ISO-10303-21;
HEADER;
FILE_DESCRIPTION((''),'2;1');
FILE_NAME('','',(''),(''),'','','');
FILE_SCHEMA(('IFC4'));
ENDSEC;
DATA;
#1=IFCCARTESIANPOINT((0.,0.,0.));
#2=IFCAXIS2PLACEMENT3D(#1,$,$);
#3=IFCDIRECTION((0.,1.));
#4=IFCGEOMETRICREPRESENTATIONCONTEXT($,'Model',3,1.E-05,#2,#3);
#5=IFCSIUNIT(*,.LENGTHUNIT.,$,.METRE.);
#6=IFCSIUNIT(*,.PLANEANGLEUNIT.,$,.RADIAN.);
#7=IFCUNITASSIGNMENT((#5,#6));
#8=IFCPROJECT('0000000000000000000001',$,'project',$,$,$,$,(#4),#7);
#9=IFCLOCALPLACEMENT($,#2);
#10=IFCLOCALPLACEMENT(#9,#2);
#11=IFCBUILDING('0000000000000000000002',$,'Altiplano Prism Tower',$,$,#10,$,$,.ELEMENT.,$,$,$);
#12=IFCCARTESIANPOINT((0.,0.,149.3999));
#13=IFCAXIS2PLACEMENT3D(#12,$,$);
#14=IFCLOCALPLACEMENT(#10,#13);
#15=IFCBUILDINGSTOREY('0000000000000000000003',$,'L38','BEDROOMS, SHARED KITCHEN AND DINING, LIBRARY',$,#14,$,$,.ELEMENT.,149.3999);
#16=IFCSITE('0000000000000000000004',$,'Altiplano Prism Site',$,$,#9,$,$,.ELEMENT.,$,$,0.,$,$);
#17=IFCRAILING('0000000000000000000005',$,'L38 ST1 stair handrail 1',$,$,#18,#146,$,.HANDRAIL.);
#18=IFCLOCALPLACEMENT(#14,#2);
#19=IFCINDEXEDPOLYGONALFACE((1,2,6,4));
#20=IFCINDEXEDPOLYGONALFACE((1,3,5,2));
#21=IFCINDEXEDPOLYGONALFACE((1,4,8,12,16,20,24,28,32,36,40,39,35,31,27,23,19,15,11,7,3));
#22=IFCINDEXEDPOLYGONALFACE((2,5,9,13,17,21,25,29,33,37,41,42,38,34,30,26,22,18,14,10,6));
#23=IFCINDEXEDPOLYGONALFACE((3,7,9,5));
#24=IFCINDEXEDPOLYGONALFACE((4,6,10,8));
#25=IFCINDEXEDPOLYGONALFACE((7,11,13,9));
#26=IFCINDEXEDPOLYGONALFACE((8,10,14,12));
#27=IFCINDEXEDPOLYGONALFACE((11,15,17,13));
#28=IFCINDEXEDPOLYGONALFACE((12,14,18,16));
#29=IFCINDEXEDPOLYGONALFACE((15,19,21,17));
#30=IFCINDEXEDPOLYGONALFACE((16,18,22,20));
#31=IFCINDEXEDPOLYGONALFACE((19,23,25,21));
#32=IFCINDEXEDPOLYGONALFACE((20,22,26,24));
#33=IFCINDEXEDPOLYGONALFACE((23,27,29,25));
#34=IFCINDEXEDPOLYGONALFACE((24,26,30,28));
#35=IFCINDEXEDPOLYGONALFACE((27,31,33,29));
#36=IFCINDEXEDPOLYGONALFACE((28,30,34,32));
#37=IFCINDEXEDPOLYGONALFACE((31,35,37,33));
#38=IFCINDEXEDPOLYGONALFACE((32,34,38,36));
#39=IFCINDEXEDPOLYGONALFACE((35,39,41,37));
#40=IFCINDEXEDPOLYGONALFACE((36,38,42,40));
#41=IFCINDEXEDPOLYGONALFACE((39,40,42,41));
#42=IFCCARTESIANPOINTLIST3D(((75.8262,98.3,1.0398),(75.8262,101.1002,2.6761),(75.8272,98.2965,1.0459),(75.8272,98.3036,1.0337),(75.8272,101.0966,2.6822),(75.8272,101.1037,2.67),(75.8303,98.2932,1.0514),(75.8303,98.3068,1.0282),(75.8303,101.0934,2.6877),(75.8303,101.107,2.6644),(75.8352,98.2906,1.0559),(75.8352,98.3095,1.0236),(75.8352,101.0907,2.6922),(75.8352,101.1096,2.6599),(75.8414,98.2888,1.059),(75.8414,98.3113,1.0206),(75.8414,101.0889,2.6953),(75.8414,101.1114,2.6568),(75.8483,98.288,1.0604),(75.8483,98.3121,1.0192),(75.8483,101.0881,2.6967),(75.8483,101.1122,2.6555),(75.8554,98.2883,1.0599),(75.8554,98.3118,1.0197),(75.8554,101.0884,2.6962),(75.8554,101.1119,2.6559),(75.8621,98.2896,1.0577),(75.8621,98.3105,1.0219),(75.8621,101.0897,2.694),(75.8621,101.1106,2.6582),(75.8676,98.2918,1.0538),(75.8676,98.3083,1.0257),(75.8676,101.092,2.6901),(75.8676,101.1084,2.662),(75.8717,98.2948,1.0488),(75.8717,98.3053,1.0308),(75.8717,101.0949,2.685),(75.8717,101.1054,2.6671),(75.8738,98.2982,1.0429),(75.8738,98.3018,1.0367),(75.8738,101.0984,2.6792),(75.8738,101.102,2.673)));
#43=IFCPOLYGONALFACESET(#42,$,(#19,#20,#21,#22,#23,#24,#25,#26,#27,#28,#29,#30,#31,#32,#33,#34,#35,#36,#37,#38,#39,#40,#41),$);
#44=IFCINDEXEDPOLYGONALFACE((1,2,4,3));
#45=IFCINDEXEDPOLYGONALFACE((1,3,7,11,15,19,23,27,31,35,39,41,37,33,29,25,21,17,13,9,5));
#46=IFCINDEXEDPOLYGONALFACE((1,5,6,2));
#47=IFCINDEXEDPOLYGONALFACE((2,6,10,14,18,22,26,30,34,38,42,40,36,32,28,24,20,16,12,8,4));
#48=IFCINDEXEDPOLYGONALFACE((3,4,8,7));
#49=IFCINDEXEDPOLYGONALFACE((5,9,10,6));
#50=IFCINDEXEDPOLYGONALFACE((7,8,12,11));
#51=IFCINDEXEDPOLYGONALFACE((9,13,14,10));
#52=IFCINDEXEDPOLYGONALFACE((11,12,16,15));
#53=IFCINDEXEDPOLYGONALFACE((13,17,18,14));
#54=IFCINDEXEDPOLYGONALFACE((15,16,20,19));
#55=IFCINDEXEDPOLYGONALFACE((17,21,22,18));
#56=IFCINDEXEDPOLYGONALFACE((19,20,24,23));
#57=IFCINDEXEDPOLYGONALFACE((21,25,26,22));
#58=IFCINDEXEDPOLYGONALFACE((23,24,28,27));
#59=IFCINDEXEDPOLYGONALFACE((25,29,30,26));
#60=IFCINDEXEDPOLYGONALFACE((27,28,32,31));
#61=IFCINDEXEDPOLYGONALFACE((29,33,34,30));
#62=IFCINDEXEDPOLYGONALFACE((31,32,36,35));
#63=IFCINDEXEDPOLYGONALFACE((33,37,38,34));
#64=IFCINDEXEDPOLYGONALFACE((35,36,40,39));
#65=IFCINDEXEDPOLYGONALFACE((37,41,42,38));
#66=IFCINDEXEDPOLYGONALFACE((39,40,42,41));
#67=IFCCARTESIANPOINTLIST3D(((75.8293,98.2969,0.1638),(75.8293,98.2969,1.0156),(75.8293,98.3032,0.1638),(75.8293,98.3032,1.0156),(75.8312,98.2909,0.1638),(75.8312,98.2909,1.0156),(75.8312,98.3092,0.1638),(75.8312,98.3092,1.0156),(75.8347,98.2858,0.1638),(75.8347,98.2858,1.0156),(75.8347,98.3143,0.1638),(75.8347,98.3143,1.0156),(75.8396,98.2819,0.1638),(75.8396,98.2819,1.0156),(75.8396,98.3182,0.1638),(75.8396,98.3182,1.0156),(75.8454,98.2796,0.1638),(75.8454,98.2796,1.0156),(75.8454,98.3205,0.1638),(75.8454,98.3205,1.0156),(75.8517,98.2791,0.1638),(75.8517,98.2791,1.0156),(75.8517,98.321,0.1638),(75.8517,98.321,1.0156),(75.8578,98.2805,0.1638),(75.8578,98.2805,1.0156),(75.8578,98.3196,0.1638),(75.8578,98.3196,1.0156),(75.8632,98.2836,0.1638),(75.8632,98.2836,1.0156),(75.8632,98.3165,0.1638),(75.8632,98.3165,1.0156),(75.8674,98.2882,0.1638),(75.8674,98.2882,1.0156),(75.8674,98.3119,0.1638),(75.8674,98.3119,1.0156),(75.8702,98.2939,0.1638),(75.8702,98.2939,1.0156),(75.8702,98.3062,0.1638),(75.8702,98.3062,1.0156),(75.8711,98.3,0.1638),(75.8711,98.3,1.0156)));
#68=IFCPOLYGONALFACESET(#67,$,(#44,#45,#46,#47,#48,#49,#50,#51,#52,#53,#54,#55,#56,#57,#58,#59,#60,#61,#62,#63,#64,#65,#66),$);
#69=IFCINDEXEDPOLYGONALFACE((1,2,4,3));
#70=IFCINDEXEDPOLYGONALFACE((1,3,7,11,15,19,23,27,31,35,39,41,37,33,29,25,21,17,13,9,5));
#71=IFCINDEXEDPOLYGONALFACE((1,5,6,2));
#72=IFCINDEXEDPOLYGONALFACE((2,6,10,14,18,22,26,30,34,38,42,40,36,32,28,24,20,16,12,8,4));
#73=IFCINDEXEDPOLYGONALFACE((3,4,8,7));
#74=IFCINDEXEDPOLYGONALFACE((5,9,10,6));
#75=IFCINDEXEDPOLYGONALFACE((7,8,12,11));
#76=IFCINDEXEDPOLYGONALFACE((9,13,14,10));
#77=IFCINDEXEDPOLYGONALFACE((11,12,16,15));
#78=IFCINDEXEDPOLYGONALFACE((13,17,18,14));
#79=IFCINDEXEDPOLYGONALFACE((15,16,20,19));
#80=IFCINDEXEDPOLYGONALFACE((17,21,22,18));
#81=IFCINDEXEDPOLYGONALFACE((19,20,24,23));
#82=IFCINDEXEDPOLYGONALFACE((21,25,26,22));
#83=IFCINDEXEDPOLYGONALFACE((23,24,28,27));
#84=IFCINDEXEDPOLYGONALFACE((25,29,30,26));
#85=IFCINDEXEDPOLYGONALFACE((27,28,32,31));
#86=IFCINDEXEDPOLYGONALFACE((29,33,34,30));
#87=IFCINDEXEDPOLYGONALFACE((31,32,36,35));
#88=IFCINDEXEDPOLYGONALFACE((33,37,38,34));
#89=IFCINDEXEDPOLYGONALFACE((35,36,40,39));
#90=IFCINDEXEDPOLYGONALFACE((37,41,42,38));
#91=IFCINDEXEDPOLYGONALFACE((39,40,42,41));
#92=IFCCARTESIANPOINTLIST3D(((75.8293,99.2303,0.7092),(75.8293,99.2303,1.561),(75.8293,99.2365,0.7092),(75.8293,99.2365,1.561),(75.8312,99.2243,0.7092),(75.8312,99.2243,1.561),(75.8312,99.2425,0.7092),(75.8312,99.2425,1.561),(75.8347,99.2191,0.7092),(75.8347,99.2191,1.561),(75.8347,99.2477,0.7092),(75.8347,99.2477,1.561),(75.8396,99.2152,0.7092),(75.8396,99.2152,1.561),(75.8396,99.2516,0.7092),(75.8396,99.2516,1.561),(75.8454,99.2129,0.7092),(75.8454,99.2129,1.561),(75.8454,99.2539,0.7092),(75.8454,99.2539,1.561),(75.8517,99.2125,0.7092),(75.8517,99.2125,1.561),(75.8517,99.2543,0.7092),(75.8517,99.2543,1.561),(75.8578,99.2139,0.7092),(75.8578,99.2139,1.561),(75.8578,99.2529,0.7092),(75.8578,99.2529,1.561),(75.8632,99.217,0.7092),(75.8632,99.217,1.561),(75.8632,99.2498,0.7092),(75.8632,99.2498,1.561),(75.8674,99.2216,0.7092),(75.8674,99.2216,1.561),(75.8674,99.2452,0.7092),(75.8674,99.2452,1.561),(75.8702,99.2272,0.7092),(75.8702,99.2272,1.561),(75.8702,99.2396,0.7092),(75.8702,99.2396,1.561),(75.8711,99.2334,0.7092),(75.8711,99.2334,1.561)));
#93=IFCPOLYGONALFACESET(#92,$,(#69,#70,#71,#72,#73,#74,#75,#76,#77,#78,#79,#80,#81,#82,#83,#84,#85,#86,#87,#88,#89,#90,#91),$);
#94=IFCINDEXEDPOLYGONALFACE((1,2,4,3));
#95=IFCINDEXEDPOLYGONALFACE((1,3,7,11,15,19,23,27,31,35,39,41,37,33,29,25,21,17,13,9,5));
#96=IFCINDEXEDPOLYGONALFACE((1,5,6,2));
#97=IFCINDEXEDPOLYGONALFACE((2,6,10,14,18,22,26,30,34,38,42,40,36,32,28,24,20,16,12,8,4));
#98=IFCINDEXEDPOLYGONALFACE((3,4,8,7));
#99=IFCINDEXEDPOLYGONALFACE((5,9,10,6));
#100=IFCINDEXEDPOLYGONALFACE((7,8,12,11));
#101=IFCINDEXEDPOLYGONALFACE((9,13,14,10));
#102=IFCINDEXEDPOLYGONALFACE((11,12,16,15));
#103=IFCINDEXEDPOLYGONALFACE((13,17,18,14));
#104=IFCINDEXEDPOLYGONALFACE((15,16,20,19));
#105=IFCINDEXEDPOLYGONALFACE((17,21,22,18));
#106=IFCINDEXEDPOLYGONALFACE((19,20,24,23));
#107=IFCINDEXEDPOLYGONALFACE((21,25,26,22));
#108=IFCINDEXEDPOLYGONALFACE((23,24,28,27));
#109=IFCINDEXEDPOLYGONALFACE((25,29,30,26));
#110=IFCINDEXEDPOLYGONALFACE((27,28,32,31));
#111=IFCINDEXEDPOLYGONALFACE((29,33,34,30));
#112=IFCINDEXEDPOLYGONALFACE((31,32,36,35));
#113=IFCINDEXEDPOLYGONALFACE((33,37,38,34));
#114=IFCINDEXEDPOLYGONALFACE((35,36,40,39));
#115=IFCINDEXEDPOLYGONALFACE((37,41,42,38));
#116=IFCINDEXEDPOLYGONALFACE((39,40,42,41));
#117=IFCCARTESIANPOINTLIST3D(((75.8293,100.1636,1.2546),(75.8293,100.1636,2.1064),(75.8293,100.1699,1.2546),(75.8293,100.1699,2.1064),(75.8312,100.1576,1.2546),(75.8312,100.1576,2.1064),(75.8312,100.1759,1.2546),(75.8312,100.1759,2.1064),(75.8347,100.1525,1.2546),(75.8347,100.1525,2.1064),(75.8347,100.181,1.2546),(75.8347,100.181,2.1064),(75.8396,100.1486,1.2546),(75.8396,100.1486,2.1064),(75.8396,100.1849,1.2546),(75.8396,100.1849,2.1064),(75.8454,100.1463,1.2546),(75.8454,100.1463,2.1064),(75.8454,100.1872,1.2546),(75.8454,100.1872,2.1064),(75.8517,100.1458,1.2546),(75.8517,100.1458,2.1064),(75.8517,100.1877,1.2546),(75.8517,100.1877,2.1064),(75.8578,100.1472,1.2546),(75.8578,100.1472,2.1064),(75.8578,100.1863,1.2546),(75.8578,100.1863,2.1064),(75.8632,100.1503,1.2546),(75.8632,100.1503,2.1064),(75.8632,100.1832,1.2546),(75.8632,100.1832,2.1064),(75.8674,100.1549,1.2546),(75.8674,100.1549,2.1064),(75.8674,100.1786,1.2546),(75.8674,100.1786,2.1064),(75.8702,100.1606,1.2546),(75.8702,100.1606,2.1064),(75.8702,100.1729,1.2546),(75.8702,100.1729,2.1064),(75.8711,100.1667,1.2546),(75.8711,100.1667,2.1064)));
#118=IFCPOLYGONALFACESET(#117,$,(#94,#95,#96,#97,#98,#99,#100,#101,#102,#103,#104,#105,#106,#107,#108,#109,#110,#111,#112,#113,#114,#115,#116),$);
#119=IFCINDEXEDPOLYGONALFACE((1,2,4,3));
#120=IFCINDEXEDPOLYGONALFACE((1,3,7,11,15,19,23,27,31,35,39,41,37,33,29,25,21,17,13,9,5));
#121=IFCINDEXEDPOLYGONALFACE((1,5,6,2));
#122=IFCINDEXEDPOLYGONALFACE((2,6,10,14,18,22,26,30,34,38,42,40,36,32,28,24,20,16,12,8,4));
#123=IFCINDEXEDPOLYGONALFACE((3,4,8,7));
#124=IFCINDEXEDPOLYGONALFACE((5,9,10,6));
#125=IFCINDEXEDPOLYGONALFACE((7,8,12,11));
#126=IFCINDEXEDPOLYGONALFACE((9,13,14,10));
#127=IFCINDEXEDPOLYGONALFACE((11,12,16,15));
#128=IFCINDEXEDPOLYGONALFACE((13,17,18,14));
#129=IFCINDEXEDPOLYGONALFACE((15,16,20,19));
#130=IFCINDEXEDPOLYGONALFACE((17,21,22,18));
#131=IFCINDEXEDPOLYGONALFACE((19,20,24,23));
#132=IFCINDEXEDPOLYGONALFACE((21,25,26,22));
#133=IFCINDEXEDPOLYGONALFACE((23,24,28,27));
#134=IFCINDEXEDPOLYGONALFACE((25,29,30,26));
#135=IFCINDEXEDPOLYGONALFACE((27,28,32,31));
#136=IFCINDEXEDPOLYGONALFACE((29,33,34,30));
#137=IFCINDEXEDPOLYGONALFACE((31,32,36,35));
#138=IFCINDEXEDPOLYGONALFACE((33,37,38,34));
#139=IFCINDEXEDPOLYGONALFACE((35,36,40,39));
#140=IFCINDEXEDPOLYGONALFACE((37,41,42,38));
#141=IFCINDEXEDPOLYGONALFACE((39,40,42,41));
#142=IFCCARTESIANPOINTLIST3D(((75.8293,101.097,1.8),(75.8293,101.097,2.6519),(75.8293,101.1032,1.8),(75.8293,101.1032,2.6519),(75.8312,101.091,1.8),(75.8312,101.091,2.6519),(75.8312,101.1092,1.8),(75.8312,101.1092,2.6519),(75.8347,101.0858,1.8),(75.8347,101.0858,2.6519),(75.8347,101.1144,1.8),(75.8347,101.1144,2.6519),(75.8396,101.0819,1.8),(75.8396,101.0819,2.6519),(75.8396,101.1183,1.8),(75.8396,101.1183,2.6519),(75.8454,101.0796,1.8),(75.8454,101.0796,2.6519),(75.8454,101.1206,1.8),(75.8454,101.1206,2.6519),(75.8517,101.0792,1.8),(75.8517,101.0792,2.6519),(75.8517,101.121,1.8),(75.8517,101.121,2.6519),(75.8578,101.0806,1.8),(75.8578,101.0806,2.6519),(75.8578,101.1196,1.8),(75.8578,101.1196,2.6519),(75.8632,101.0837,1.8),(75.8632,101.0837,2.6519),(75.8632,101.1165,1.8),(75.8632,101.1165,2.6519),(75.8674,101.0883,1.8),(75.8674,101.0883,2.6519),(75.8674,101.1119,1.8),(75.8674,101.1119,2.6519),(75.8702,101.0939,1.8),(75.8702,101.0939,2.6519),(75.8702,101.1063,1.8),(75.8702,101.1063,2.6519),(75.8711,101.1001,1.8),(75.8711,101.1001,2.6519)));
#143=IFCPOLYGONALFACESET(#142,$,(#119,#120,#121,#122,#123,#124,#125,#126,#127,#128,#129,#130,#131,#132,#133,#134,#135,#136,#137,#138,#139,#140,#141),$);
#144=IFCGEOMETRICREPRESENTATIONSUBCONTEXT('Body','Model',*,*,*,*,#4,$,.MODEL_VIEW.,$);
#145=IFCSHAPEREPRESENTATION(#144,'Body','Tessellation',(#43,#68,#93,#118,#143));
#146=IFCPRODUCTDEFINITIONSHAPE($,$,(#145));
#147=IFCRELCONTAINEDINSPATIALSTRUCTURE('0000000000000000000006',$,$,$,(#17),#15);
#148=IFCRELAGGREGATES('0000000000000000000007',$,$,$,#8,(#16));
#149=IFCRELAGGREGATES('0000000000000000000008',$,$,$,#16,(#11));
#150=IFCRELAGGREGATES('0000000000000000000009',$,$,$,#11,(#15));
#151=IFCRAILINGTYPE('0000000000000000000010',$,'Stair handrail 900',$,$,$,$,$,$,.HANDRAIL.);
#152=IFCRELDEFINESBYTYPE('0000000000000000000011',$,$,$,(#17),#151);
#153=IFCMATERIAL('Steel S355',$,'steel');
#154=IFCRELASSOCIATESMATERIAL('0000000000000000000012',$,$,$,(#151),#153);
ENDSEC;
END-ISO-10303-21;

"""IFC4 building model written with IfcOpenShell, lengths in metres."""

from ifc_helpers import new_model, si_unit, direction, frame, origin, origin_2d, place, context, subcontext, project, spatial, circle, extrude, material, type_object, element, save


model = new_model("IFC4")

# Units and contexts
model_context = context("Model", 3, precision=1e-05, world=origin(), true_north=direction((0.0, 1.0)))
body_context = subcontext(model_context, "Body", "Model", "MODEL_VIEW")
ifc_project = project(units=[si_unit("LENGTHUNIT", "METRE"), si_unit("PLANEANGLEUNIT", "RADIAN")], contexts=[model_context])

# Site, building, storey
site_placement = place(None, origin())
site = spatial("IfcSite", under=ifc_project, at=site_placement, Name="Altiplano Prism Site", CompositionType="ELEMENT", RefElevation=0.0)
building_placement = place(site_placement, origin())
building = spatial("IfcBuilding", under=site, at=building_placement, Name="Altiplano Prism Tower", CompositionType="ELEMENT")
storey_placement = place(building_placement, frame((0.0, 0.0, 149.3999)))
storey = spatial("IfcBuildingStorey", under=building, at=storey_placement, Name="L38", Description="BEDROOMS, SHARED KITCHEN AND DINING, LIBRARY", CompositionType="ELEMENT", Elevation=149.3999)

# Railing
ifc_material_1 = material(Name="Steel S355", Category="steel")
railing_type_1 = type_object("IfcRailingType", Name="Stair handrail 900", PredefinedType="HANDRAIL", material=ifc_material_1)
railing_1_placement = place(storey_placement, frame((75.8501, 98.3, 0.1638)))
element("IfcRailing", 1, at=railing_1_placement, inside=storey, type_object=railing_type_1, Name="L38 ST1 stair handrail 1", PredefinedType="HANDRAIL", context=body_context, shape_type="SweptSolid", body=[
    extrude(circle(Radius=0.0239, at=origin_2d()), frame((0.0, 0.0, 0.876), z_axis=(0.0, 0.863394, 0.504531), x_axis=(-1.0, 0.0, 0.0)), (0.0, 0.0, 1.0), 3.2432),
    extrude(circle(Radius=0.021, at=origin_2d()), origin(), (0.0, 0.0, 1.0), 0.8518),
    extrude(circle(Radius=0.021, at=origin_2d()), frame((0.0, 0.9333, 0.5454)), (0.0, 0.0, 1.0), 0.8518),
    extrude(circle(Radius=0.021, at=origin_2d()), frame((0.0, 1.8667, 1.0908)), (0.0, 0.0, 1.0), 0.8518),
    extrude(circle(Radius=0.021, at=origin_2d()), frame((0.0, 2.8, 1.6362)), (0.0, 0.0, 1.0), 0.8518),
])

save(model, "model.ifc")
